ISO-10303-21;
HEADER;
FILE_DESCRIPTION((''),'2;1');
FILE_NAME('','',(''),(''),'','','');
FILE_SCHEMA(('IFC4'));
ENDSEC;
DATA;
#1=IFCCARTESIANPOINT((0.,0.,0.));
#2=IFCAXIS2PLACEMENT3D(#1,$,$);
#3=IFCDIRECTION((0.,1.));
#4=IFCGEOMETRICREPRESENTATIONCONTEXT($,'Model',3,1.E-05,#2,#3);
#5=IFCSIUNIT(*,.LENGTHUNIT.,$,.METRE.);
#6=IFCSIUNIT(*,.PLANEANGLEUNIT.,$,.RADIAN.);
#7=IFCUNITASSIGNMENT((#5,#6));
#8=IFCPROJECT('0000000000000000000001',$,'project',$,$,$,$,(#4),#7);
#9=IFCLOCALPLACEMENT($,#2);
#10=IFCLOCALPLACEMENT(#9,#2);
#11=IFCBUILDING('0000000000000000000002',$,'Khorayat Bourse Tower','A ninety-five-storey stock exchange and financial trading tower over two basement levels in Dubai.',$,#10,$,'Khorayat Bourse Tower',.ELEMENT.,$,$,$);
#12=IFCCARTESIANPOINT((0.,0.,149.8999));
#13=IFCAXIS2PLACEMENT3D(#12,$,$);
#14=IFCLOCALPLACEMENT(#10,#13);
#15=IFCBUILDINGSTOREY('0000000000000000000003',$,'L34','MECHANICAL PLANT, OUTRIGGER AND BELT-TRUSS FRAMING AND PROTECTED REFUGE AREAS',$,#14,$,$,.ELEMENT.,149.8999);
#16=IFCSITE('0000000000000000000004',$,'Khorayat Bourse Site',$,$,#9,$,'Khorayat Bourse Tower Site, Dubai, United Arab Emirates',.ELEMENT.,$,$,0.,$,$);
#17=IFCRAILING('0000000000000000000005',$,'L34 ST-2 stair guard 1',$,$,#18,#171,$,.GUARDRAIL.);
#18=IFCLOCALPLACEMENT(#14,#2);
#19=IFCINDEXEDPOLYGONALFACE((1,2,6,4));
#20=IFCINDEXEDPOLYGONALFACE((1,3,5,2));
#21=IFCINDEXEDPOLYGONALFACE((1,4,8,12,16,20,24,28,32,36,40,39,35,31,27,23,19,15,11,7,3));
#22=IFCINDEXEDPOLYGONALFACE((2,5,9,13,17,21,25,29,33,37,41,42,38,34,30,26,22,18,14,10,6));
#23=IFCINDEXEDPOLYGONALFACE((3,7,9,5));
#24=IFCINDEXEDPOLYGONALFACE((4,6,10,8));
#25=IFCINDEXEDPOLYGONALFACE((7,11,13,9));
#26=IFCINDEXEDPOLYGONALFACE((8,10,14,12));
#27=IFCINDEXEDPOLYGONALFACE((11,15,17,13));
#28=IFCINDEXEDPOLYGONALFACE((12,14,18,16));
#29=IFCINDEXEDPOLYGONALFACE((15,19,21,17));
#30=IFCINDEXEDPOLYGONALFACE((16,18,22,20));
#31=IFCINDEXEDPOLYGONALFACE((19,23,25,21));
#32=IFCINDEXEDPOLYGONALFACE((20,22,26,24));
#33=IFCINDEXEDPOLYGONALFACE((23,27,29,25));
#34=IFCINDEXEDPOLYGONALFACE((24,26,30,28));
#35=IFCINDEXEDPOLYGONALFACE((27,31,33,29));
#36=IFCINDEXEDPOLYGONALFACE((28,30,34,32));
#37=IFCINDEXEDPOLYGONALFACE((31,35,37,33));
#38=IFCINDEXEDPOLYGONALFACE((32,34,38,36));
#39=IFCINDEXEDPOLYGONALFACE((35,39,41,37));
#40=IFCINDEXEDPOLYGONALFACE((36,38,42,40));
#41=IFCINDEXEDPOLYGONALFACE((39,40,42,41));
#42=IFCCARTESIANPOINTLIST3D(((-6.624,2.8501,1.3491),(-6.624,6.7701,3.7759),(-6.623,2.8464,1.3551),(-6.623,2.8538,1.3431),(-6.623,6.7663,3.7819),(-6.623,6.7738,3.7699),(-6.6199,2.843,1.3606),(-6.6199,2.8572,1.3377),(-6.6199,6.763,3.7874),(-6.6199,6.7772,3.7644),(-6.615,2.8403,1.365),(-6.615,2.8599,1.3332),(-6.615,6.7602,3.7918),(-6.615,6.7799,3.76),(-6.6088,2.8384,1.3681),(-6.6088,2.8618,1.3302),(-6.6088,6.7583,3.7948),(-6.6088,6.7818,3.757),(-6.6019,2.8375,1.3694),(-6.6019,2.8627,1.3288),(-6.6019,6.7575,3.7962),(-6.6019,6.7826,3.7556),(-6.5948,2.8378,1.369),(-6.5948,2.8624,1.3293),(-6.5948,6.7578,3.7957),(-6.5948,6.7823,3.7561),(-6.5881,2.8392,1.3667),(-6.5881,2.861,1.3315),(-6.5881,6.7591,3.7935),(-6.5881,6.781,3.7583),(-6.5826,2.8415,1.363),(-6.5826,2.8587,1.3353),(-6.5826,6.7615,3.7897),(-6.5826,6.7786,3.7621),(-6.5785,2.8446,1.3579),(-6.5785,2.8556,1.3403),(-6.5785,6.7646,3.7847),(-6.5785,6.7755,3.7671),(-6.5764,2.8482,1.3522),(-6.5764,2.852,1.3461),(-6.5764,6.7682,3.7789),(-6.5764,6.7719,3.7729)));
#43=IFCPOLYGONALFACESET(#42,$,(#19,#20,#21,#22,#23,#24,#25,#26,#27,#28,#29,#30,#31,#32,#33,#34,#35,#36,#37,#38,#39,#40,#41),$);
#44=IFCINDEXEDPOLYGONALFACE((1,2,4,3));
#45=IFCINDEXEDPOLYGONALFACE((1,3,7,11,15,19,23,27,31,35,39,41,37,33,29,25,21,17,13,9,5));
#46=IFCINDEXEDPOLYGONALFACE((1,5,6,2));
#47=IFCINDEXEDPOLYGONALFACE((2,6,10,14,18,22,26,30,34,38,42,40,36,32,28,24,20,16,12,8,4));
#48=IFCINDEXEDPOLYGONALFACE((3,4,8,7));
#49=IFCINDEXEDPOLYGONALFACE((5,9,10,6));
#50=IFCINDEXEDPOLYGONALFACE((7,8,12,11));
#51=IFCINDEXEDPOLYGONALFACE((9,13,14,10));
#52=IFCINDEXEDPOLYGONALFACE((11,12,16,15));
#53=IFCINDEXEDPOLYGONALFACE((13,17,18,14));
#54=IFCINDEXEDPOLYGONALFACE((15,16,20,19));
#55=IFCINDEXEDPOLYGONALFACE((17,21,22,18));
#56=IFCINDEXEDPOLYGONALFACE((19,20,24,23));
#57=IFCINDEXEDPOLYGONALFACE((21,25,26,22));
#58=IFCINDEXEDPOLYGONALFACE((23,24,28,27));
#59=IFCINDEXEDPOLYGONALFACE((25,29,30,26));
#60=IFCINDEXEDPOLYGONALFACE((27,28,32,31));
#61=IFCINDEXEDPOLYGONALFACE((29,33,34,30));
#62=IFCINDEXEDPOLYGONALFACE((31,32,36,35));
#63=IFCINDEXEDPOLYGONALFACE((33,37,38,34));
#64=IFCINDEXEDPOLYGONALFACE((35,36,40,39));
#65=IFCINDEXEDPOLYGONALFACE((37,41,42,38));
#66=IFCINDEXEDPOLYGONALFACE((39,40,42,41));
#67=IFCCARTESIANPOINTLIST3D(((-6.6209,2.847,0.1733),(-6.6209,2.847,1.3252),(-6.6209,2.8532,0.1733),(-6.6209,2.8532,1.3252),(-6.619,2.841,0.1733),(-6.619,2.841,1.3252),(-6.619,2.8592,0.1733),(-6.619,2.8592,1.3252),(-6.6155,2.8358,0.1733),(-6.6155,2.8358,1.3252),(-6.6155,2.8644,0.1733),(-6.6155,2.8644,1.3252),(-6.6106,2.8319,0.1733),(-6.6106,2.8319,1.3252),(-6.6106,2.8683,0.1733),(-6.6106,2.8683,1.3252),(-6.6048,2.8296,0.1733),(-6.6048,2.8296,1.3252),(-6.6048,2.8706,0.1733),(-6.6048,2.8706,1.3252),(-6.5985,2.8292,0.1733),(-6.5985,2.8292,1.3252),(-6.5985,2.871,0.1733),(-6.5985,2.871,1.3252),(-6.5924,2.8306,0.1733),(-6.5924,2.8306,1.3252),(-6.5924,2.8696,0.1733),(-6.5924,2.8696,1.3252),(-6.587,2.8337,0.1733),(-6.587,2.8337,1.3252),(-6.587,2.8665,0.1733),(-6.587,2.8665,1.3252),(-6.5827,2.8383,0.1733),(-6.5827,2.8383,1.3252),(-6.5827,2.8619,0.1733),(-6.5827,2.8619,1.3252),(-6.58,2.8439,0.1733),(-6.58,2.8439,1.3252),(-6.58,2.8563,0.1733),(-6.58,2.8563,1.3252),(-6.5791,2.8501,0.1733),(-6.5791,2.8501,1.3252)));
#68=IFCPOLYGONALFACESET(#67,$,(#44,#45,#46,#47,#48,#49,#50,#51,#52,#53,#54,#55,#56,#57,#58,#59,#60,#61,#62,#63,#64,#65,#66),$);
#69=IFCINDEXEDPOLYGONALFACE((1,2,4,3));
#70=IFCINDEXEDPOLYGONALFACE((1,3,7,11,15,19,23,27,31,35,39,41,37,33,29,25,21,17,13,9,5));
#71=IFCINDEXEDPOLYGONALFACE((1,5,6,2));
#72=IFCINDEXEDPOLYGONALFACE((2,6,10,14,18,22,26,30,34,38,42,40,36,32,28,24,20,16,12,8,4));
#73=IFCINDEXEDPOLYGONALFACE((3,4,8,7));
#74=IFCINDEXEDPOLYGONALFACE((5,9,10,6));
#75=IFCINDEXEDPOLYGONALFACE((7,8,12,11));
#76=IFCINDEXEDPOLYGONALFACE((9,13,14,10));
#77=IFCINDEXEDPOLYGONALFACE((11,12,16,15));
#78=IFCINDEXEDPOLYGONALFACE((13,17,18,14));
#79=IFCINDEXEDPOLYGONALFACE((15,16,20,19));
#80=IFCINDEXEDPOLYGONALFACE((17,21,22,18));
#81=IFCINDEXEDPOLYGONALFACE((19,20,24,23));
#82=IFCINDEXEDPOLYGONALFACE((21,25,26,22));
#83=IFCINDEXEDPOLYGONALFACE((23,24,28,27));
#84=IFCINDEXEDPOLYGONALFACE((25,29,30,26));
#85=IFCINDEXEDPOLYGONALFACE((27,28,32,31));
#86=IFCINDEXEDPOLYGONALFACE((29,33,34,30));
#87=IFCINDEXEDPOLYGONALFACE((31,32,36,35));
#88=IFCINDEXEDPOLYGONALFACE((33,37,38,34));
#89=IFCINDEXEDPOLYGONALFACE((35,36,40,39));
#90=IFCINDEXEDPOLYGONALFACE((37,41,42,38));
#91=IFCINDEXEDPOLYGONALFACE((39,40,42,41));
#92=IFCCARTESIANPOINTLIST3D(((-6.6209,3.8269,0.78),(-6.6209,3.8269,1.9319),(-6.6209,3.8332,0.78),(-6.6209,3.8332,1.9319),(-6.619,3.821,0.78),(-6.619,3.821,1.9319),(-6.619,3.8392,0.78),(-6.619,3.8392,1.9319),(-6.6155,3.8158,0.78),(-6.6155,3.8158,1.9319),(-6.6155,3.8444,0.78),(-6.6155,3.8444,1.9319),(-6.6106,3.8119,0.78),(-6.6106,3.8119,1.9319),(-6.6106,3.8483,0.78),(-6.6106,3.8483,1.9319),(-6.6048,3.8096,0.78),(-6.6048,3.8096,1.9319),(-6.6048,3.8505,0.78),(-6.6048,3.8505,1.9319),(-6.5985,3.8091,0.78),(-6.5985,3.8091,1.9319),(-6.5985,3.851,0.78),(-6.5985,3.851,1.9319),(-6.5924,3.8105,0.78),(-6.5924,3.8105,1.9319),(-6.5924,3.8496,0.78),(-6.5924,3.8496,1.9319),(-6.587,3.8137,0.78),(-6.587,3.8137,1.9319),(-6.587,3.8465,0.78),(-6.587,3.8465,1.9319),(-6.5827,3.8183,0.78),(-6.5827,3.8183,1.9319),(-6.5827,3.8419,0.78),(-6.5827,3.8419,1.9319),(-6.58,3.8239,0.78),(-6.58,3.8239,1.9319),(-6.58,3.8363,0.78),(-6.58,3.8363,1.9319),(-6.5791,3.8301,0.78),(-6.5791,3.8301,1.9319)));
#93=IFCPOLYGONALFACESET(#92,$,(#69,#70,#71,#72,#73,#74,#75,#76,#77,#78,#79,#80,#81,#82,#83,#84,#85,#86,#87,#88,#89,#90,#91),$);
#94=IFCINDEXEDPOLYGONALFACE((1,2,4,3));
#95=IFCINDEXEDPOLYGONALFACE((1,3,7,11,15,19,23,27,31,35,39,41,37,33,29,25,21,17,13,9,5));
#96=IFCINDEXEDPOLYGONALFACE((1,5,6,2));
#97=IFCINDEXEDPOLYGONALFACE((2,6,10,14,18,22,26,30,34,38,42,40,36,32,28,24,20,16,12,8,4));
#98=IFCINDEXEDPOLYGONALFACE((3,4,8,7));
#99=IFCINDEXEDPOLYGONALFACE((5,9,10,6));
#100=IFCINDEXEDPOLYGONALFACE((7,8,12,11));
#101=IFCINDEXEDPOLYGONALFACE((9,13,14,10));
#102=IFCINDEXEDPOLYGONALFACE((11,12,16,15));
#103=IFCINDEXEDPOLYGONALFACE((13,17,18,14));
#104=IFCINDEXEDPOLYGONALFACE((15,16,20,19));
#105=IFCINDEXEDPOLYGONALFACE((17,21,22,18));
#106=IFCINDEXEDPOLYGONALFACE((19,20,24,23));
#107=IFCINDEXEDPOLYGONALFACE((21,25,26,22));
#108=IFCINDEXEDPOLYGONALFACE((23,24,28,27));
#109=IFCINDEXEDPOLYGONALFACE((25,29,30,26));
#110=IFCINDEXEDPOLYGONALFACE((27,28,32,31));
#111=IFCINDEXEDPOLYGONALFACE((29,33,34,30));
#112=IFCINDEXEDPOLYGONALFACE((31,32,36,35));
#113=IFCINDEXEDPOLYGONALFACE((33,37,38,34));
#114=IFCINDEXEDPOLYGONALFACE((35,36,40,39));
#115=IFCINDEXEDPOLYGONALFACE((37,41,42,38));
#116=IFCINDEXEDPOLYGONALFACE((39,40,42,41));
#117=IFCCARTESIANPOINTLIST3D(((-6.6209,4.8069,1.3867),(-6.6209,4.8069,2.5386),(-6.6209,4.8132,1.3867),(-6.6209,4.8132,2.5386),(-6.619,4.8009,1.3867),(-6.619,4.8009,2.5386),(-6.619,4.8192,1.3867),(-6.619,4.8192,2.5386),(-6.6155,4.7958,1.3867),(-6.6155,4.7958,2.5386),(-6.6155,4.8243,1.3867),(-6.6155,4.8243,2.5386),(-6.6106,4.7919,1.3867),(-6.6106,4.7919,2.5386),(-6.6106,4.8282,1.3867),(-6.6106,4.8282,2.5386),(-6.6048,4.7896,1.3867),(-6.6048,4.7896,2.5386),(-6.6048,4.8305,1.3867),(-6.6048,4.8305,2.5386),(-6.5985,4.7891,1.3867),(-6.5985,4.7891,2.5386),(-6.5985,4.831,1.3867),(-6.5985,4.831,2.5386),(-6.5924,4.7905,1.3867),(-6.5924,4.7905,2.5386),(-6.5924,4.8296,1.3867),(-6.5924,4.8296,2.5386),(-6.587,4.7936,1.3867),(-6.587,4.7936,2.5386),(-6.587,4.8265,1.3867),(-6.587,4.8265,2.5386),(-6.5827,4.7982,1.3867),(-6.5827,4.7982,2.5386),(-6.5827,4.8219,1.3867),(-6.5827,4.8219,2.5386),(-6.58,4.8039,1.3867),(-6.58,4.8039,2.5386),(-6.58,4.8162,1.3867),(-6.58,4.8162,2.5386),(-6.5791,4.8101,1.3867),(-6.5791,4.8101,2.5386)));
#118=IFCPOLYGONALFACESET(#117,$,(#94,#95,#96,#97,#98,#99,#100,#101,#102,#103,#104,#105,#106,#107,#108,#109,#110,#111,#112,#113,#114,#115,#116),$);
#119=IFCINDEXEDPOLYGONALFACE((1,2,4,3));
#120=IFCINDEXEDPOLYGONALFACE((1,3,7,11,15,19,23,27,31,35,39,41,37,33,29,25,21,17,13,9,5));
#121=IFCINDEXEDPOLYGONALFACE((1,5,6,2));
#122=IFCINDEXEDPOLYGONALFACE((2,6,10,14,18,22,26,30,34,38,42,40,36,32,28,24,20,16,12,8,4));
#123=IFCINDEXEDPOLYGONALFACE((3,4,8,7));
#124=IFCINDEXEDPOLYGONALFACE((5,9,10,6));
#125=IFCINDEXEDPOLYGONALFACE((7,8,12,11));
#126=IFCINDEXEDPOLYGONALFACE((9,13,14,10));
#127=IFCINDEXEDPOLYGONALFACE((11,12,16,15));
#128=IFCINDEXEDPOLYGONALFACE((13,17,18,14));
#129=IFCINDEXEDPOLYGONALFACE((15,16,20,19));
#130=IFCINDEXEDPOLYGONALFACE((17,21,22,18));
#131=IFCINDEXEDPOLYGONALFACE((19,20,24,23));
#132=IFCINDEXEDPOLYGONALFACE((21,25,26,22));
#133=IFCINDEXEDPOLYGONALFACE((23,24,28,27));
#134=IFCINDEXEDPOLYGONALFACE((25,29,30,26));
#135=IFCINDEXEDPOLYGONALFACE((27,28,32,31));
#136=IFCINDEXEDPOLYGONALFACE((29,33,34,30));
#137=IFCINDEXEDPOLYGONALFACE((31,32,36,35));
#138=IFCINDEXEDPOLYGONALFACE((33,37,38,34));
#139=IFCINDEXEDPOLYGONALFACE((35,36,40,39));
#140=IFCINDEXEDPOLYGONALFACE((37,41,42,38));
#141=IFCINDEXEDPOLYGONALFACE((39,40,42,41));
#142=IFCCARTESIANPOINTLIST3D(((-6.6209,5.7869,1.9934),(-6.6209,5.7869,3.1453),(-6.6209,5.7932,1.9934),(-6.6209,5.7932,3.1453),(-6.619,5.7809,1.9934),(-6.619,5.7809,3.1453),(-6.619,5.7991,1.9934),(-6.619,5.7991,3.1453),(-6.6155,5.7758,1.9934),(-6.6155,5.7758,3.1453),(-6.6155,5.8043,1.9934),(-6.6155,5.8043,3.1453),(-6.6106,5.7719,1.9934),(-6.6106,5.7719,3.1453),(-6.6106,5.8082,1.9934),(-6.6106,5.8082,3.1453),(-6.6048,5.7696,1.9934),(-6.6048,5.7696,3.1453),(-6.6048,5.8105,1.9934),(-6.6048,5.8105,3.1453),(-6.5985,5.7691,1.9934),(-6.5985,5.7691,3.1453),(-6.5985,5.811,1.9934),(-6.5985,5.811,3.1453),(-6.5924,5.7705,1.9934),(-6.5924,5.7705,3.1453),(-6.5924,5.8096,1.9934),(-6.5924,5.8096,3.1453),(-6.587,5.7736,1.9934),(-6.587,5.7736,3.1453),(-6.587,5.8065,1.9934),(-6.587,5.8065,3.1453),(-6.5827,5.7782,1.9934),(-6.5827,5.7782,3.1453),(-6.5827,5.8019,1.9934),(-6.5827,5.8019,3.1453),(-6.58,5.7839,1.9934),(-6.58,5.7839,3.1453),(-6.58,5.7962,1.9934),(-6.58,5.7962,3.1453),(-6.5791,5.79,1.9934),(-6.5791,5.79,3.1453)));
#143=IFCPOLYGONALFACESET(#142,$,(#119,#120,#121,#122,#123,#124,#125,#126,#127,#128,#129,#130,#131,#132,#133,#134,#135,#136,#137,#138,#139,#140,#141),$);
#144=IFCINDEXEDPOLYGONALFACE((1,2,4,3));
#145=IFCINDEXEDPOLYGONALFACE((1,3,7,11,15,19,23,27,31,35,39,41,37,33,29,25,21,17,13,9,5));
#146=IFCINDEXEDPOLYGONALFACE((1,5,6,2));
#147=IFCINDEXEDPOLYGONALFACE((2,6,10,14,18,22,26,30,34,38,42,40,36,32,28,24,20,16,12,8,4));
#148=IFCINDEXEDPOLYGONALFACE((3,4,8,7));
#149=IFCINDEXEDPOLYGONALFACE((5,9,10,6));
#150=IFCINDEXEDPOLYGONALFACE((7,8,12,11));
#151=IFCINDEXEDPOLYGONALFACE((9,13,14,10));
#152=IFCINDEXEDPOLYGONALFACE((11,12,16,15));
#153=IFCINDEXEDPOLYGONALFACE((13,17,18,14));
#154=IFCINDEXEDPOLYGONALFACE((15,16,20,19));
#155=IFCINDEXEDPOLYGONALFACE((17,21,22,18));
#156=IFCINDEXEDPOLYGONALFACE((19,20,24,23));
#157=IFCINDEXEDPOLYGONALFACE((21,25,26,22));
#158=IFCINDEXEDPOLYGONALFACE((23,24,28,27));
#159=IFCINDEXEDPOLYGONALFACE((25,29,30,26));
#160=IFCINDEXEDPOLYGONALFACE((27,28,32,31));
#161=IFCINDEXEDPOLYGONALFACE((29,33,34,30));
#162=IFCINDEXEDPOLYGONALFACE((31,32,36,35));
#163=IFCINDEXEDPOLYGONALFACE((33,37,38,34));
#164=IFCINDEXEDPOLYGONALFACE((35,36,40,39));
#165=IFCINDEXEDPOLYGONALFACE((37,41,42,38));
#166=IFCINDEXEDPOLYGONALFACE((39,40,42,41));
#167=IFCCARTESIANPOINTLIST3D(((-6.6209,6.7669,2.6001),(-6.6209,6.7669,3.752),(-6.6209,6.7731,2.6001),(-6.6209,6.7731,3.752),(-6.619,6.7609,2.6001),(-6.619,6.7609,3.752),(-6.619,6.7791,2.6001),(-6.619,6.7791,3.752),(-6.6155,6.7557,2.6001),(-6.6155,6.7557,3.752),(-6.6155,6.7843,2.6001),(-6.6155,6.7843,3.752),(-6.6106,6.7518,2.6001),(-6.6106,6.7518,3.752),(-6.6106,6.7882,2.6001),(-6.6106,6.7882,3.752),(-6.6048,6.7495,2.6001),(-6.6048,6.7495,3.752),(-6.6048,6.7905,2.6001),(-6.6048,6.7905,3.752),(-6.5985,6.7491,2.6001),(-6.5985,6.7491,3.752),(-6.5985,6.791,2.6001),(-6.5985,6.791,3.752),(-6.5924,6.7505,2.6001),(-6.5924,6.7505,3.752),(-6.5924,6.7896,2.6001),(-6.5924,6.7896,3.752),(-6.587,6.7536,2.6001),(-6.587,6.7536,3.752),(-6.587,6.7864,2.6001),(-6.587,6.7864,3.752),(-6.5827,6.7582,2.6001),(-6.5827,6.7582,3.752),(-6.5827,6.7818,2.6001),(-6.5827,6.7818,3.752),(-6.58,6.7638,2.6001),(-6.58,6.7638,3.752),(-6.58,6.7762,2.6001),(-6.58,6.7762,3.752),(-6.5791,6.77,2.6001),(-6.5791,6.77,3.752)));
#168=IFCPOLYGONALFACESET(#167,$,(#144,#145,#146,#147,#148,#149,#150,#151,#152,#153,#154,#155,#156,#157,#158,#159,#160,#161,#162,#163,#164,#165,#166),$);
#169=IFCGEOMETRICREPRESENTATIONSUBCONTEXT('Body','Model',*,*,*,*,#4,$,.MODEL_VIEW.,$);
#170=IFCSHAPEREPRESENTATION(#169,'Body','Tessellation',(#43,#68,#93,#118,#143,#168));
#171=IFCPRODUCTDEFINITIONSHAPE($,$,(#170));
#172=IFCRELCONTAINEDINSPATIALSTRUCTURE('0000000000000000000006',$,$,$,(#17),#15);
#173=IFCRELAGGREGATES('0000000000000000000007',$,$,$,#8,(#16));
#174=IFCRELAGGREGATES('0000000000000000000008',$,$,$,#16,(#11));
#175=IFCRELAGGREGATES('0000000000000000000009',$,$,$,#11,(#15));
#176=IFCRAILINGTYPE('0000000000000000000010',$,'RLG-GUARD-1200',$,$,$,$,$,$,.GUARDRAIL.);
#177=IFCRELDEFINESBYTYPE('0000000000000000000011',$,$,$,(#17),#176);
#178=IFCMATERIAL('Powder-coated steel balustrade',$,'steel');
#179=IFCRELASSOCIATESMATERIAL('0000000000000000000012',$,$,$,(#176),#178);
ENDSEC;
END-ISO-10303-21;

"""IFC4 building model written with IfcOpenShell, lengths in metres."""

from ifc_helpers import new_model, si_unit, direction, frame, origin, origin_2d, place, context, subcontext, project, spatial, circle, extrude, source, transform, mapped, material, type_object, element, save


model = new_model("IFC4")

# Units and contexts
model_context = context("Model", 3, precision=1e-05, world=origin(), true_north=direction((0.0, 1.0)))
body_context = subcontext(model_context, "Body", "Model", "MODEL_VIEW")
ifc_project = project(units=[si_unit("LENGTHUNIT", "METRE"), si_unit("PLANEANGLEUNIT", "RADIAN")], contexts=[model_context])

# Site, building, storey
site_placement = place(None, origin())
site = spatial("IfcSite", under=ifc_project, at=site_placement, Name="Khorayat Bourse Site", LongName="Khorayat Bourse Tower Site, Dubai, United Arab Emirates", CompositionType="ELEMENT", RefElevation=0.0)
building_placement = place(site_placement, origin())
building = spatial("IfcBuilding", under=site, at=building_placement, Name="Khorayat Bourse Tower", Description="A ninety-five-storey stock exchange and financial trading tower over two basement levels in Dubai.", LongName="Khorayat Bourse Tower", CompositionType="ELEMENT")
storey_placement = place(building_placement, frame((0.0, 0.0, 149.8999)))
storey = spatial("IfcBuildingStorey", under=building, at=storey_placement, Name="L34", Description="MECHANICAL PLANT, OUTRIGGER AND BELT-TRUSS FRAMING AND PROTECTED REFUGE AREAS", CompositionType="ELEMENT", Elevation=149.8999)

# Railing
ifc_material_1 = material(Name="Powder-coated steel balustrade", Category="steel")
railing_type_1 = type_object("IfcRailingType", Name="RLG-GUARD-1200", PredefinedType="GUARDRAIL", material=ifc_material_1)
shared_shape_1 = source(origin(), body_context, "Body", "SweptSolid", [
    extrude(circle(Radius=0.0239, at=origin_2d()), frame((0.0, 0.0, 1.1758), z_axis=(0.0, 0.850252, 0.526376), x_axis=(-1.0, 0.0, 0.0)), (0.0, 0.0, 1.0), 4.6104),
    extrude(circle(Radius=0.021, at=origin_2d()), origin(), (0.0, 0.0, 1.0), 1.1519),
    extrude(circle(Radius=0.021, at=origin_2d()), frame((0.0, 0.98, 0.6067)), (0.0, 0.0, 1.0), 1.1519),
    extrude(circle(Radius=0.021, at=origin_2d()), frame((0.0, 1.96, 1.2134)), (0.0, 0.0, 1.0), 1.1519),
    extrude(circle(Radius=0.021, at=origin_2d()), frame((0.0, 2.9399, 1.8201)), (0.0, 0.0, 1.0), 1.1519),
    extrude(circle(Radius=0.021, at=origin_2d()), frame((0.0, 3.9199, 2.4268)), (0.0, 0.0, 1.0), 1.1519),
])
railing_1_placement = place(storey_placement, frame((-6.6001, 2.8501, 0.1733)))
element("IfcRailing", 1, at=railing_1_placement, inside=storey, type_object=railing_type_1, Name="L34 ST-2 stair guard 1", PredefinedType="GUARDRAIL", context=body_context, shape_type="MappedRepresentation", body=[
    mapped(shared_shape_1, transform((0.0, 0.0, 0.0), scale=1.0)),
])

save(model, "model.ifc")
